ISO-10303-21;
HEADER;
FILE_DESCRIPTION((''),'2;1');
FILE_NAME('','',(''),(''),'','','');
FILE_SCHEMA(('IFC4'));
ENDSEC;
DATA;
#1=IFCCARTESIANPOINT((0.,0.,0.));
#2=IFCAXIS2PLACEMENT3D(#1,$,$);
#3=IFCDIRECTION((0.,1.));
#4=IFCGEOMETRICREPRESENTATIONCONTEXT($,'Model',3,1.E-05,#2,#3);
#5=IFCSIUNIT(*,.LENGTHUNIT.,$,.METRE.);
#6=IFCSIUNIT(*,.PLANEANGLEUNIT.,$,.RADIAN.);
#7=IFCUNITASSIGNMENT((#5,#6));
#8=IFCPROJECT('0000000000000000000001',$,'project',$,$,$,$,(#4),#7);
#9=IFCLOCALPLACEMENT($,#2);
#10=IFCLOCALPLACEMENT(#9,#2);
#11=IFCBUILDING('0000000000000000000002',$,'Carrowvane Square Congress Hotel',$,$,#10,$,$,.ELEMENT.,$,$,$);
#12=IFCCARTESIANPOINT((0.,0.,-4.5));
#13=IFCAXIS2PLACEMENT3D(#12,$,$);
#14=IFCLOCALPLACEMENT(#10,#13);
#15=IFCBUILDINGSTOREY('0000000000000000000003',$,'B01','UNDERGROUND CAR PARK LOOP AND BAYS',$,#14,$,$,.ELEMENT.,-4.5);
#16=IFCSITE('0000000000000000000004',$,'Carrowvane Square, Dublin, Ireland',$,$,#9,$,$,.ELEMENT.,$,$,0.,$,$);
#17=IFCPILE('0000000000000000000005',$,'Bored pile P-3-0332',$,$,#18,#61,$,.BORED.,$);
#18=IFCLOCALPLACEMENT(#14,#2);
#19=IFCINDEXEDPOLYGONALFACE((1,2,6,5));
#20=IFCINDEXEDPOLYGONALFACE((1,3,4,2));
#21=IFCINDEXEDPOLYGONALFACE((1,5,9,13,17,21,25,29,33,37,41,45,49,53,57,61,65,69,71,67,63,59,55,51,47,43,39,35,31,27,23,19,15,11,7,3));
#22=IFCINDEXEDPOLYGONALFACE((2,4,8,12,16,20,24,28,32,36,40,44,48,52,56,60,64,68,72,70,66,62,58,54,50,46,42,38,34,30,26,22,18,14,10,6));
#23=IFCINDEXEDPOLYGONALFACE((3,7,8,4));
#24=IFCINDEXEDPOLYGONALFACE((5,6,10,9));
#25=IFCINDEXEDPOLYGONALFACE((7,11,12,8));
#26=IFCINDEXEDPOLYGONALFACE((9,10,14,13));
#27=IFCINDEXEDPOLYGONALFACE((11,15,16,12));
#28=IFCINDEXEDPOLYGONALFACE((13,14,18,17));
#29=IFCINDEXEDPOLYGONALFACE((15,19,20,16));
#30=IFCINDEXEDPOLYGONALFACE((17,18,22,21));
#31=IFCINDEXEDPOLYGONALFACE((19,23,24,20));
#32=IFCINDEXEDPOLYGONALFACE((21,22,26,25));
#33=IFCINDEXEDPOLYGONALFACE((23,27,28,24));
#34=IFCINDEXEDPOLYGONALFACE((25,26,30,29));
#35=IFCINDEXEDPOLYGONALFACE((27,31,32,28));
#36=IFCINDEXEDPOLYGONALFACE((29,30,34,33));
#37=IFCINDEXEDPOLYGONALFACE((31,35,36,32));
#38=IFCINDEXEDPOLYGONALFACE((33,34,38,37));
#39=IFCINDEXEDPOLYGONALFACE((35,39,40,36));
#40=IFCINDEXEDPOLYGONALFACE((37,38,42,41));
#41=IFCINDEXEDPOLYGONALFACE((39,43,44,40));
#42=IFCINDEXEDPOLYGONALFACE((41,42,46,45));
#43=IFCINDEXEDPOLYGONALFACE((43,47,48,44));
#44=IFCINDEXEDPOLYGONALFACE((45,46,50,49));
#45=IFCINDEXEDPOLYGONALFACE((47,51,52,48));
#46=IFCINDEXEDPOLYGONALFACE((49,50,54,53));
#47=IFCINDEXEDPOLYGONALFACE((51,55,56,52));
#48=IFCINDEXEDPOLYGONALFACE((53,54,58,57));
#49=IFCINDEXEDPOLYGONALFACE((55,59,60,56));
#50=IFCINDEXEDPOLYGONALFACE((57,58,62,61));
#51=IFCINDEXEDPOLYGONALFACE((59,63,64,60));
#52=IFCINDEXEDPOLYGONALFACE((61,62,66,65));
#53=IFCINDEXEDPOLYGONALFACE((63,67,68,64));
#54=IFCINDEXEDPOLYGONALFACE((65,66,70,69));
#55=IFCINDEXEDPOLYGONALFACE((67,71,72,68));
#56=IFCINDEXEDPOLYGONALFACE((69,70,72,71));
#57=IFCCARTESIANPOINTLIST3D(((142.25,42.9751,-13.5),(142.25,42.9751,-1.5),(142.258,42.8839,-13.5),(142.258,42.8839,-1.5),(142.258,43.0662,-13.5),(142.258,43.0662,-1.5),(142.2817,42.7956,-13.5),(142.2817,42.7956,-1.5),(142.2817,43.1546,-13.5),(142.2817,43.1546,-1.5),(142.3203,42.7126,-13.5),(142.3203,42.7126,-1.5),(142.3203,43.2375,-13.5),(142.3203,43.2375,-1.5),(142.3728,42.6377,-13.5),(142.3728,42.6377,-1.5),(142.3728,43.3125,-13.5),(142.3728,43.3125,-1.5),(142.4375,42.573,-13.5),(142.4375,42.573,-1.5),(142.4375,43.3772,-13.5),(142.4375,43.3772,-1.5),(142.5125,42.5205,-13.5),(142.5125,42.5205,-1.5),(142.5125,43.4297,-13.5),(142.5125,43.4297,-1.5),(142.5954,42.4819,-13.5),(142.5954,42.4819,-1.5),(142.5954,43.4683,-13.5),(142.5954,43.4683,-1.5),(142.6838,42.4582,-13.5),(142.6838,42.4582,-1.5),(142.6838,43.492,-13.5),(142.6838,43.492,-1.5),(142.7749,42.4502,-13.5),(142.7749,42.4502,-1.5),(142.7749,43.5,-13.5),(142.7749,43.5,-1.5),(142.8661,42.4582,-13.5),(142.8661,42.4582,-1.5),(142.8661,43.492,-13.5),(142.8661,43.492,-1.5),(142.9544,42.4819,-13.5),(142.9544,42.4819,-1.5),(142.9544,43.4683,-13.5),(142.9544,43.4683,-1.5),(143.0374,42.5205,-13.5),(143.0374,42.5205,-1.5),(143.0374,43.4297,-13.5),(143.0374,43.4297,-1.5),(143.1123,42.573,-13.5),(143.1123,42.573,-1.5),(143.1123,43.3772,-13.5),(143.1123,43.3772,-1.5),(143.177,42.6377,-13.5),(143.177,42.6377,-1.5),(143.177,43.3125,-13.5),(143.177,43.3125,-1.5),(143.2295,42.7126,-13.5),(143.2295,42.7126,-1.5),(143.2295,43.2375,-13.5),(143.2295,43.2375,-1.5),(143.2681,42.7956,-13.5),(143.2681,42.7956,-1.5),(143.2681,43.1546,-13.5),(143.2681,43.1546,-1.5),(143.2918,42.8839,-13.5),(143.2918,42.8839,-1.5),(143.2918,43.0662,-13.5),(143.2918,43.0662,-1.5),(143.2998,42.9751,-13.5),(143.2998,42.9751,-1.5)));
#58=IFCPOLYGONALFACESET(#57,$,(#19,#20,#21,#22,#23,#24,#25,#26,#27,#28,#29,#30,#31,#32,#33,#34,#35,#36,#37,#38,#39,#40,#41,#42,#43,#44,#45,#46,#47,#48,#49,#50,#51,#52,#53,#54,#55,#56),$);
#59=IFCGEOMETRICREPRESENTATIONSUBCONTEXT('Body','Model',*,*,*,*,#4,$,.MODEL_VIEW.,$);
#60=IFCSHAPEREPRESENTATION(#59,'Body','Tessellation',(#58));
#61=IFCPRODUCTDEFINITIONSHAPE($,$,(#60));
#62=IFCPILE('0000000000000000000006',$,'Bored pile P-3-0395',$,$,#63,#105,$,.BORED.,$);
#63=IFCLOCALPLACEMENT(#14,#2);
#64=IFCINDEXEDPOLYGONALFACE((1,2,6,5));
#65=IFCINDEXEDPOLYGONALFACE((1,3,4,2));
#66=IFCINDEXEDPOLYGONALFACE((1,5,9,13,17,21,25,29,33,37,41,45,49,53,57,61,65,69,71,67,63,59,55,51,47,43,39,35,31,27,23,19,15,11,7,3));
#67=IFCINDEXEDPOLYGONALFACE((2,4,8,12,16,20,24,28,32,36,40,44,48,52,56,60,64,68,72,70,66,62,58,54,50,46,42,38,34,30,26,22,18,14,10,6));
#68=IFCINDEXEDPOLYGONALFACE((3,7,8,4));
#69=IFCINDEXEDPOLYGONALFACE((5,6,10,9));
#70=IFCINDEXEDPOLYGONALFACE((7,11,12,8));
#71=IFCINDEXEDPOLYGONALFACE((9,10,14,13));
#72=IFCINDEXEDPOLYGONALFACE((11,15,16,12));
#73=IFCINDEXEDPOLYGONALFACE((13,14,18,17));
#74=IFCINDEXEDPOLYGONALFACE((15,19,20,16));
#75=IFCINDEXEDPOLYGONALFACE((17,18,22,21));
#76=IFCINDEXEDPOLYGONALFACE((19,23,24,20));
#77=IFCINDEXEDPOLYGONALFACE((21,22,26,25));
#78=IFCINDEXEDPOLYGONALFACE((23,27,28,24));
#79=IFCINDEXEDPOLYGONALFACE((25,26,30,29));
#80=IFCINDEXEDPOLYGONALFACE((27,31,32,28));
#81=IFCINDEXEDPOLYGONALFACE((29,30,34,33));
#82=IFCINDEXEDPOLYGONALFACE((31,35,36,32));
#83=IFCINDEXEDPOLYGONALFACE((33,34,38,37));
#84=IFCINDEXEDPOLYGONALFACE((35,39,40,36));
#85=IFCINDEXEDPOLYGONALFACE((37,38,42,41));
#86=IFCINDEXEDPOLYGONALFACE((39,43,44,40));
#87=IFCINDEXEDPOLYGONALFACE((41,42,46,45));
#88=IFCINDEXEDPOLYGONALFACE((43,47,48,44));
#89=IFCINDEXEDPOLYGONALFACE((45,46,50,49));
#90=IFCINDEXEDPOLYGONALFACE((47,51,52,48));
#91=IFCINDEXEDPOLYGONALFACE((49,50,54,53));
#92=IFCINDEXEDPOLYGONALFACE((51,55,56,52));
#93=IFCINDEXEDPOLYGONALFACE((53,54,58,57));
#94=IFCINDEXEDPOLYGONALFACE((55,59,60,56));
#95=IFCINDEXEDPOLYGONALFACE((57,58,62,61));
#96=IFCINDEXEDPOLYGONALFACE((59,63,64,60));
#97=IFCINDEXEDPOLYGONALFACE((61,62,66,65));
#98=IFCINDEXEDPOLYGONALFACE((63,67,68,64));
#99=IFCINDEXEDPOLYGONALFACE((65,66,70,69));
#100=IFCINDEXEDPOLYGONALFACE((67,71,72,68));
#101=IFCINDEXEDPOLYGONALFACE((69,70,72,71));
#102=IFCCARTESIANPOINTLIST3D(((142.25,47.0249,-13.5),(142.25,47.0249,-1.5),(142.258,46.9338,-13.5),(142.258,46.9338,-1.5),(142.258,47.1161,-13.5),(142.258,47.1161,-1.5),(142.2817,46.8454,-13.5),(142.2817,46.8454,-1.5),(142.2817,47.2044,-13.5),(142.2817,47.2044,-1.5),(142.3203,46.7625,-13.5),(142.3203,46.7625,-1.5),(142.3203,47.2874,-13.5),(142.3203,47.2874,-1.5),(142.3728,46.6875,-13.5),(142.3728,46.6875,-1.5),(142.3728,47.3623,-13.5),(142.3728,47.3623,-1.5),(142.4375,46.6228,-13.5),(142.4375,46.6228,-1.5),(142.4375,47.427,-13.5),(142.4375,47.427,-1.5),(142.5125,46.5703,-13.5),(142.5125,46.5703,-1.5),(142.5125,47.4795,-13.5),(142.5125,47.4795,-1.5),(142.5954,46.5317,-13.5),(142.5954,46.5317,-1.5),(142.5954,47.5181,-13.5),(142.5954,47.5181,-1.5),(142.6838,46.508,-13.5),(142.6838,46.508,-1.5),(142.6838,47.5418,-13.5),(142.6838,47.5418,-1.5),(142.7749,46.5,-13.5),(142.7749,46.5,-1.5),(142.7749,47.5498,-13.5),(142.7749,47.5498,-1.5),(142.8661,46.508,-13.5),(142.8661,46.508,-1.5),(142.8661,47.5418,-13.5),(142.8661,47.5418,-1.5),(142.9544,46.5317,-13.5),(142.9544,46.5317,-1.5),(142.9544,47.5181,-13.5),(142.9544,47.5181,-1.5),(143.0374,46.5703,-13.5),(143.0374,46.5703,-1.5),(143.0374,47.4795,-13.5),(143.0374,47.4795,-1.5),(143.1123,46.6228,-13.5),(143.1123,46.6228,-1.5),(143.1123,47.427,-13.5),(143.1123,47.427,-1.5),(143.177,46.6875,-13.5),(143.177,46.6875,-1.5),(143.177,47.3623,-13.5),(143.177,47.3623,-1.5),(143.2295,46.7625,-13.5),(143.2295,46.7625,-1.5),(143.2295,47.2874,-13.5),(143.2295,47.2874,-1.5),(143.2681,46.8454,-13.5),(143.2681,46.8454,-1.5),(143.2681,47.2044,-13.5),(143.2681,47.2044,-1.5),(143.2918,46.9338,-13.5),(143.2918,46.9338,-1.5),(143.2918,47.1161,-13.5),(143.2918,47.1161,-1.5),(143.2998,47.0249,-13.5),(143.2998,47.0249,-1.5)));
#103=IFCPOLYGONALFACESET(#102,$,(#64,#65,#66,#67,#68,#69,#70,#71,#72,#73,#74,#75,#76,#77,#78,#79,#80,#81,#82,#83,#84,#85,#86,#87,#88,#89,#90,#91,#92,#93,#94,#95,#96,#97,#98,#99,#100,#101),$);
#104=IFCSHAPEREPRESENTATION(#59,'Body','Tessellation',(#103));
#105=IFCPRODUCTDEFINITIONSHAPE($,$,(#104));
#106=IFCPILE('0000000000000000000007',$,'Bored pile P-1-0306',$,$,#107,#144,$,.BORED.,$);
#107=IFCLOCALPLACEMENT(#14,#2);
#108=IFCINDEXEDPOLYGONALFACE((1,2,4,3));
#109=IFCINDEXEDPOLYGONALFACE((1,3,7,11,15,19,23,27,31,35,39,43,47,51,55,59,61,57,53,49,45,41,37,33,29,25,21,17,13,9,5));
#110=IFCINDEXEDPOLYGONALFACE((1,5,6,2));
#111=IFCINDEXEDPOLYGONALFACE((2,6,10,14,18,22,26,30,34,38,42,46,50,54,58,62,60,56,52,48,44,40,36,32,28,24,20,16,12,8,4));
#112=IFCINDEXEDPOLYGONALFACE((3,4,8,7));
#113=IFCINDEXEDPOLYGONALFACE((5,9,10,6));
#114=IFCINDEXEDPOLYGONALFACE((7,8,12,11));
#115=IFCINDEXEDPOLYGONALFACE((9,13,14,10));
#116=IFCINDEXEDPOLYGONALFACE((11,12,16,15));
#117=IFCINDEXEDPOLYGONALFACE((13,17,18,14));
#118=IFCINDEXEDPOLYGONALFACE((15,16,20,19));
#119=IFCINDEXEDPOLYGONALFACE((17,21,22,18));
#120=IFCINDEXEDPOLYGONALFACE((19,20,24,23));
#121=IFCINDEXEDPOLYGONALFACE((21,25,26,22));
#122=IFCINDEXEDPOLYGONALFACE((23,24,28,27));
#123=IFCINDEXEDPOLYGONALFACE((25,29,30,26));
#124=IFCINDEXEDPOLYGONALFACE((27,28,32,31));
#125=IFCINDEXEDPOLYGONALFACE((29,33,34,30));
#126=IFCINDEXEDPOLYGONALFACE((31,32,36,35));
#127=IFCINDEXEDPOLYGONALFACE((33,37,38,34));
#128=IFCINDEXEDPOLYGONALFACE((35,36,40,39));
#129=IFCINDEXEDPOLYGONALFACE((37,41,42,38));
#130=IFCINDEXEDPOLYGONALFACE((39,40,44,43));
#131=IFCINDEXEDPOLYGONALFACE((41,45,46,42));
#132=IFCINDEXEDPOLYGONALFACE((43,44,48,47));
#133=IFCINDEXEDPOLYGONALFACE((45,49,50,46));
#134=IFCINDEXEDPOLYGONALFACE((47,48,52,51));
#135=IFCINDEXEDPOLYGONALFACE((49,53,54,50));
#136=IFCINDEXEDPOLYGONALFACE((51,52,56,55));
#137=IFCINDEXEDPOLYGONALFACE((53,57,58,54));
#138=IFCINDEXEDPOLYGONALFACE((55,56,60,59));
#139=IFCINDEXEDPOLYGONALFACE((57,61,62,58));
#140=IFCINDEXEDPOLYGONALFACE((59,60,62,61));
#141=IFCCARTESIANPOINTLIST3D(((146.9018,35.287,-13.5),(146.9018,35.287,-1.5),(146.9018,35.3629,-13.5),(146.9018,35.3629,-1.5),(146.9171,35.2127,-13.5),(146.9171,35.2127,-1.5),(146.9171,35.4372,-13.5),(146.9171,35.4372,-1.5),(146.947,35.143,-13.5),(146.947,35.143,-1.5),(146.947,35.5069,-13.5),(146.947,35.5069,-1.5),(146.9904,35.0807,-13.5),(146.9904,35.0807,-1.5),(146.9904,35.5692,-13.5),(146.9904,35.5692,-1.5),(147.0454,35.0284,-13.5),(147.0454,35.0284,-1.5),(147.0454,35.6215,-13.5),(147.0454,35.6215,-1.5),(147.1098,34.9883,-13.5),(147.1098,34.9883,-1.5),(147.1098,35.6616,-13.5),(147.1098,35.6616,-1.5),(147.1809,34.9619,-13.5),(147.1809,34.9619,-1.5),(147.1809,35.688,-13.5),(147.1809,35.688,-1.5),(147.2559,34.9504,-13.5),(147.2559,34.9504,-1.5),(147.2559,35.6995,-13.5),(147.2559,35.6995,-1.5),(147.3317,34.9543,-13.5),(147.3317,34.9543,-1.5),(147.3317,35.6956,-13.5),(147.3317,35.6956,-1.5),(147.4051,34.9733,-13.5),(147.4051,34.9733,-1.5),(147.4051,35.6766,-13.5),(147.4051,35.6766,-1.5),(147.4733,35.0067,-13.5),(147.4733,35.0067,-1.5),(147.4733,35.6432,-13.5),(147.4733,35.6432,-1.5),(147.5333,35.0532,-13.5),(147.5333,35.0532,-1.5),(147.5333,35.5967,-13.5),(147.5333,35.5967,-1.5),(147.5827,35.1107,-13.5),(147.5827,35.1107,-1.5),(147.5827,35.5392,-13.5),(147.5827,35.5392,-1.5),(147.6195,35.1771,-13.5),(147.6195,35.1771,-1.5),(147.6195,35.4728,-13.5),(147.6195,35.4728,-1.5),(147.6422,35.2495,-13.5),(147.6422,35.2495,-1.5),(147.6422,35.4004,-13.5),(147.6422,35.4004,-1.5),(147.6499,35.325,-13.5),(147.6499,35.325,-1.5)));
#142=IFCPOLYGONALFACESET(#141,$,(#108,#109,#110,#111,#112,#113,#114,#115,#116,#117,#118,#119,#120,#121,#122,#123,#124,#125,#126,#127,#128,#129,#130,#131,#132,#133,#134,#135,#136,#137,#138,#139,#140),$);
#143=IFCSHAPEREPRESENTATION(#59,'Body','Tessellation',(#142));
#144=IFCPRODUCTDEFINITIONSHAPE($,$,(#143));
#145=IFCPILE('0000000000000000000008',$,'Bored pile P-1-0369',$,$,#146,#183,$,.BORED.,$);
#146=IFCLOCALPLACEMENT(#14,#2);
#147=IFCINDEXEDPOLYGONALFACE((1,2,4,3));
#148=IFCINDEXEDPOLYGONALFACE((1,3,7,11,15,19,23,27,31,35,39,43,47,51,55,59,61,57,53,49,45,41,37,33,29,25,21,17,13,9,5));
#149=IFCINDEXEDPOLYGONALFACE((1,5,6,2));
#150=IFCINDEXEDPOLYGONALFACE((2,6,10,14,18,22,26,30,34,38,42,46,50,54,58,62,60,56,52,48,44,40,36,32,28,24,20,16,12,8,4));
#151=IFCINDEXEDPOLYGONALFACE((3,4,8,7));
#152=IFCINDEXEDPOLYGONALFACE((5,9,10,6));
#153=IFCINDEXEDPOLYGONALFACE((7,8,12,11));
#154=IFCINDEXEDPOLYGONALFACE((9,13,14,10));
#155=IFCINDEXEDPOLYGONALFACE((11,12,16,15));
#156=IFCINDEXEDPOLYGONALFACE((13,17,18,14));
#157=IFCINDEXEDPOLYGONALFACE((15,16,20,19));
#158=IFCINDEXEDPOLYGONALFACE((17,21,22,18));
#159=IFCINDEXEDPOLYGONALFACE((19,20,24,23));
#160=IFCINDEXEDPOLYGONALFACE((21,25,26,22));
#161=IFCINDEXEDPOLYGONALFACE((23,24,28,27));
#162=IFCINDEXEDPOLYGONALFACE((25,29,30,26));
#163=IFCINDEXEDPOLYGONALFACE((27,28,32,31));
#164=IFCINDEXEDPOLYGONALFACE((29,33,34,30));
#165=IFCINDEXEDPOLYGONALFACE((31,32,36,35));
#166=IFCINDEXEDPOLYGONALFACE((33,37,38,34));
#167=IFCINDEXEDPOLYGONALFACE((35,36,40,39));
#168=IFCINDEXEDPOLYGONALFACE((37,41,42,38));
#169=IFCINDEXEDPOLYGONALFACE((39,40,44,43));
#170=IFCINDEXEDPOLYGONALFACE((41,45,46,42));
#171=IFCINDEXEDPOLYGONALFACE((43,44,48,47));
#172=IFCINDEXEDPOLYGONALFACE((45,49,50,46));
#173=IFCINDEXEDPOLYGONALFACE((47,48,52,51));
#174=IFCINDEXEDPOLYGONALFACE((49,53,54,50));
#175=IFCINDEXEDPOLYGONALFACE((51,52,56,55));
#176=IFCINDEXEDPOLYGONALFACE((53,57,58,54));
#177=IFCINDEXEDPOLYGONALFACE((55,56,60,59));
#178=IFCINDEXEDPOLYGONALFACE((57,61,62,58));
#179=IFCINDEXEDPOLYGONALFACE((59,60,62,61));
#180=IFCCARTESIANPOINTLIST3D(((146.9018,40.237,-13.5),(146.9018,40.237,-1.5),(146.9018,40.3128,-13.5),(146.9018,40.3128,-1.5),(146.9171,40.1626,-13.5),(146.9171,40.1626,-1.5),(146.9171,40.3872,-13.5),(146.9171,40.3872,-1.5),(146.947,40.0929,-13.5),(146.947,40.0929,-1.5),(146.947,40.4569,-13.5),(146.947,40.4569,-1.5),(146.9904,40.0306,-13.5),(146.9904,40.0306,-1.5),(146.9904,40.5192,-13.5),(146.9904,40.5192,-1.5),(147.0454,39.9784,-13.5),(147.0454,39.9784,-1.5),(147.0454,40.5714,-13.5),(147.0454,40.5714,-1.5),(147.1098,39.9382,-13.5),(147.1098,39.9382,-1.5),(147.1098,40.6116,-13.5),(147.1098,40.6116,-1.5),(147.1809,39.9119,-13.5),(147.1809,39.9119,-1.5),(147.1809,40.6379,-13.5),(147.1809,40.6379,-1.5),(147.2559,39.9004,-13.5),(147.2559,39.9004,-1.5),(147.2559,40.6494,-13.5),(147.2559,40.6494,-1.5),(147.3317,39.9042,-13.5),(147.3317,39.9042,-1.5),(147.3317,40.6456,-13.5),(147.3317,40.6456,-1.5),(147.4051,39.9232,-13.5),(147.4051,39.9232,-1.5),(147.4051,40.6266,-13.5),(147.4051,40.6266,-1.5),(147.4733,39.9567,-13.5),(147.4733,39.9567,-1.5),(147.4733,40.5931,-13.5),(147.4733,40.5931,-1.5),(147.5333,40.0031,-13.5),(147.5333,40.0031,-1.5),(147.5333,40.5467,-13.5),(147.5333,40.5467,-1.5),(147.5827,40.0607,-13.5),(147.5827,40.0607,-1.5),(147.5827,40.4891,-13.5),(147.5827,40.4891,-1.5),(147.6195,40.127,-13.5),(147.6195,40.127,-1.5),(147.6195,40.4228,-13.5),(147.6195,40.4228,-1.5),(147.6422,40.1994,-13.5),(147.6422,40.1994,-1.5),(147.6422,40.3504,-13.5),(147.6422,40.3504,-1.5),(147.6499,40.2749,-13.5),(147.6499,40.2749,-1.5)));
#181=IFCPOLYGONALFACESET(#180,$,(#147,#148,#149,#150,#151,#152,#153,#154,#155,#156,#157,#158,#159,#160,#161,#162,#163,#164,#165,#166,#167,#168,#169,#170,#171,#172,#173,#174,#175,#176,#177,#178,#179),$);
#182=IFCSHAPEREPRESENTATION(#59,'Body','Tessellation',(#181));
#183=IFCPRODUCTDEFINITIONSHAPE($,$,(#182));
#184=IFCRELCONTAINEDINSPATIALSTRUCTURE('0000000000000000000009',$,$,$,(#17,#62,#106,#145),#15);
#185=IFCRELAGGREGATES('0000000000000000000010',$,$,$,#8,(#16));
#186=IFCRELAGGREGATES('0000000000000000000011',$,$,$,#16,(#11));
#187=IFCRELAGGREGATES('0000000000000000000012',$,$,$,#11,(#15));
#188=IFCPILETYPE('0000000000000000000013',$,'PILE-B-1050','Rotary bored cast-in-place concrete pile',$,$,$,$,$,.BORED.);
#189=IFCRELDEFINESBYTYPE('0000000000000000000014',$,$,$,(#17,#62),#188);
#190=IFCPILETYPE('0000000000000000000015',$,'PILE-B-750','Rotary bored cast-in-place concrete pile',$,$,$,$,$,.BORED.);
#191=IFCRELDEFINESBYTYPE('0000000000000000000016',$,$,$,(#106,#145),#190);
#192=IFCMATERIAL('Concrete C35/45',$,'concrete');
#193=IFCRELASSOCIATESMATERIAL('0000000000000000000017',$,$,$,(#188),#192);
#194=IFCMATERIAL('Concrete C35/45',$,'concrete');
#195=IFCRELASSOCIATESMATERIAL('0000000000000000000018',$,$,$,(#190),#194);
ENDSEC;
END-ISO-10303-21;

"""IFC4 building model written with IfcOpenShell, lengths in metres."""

from ifc_helpers import new_model, si_unit, direction, frame, origin, origin_2d, place, context, subcontext, project, spatial, circle, extrude, material, material_profile, profile_set, type_object, element, save


model = new_model("IFC4")

# Units and contexts
model_context = context("Model", 3, precision=1e-05, world=origin(), true_north=direction((0.0, 1.0)))
body_context = subcontext(model_context, "Body", "Model", "MODEL_VIEW")
ifc_project = project(units=[si_unit("LENGTHUNIT", "METRE"), si_unit("PLANEANGLEUNIT", "RADIAN")], contexts=[model_context])

# Site, building, storey
site_placement = place(None, origin())
site = spatial("IfcSite", under=ifc_project, at=site_placement, Name="Carrowvane Square, Dublin, Ireland", CompositionType="ELEMENT", RefElevation=0.0)
building_placement = place(site_placement, origin())
building = spatial("IfcBuilding", under=site, at=building_placement, Name="Carrowvane Square Congress Hotel", CompositionType="ELEMENT")
storey_placement = place(building_placement, frame((0.0, 0.0, -4.5)))
storey = spatial("IfcBuildingStorey", under=building, at=storey_placement, Name="B01", Description="UNDERGROUND CAR PARK LOOP AND BAYS", CompositionType="ELEMENT", Elevation=-4.5)

# Piles
ifc_material_1 = material(Name="Concrete C35/45", Category="concrete")
ifc_material_profile_1 = material_profile(ifc_material_1, circle(Radius=0.5249, at=origin_2d()), Name="PILE D1050")
ifc_profile_set_1 = profile_set([ifc_material_profile_1], Name="Concrete C35/45")
pile_type_1 = type_object("IfcPileType", Name="PILE-B-1050", Description="Rotary bored cast-in-place concrete pile", PredefinedType="BORED", material=ifc_profile_set_1)
for number, where, z_axis, x_axis, name in (
    (1, (142.7749, 42.9751, -1.5), (0.0, 0.0, -1.0), (1.0, 0.0, 0.0), "Bored pile P-3-0332"),
    (2, (142.7749, 47.0249, -1.5), (0.0, 0.0, -1.0), (1.0, 0.0, 0.0), "Bored pile P-3-0395"),
):
    element("IfcPile", number, at=place(storey_placement, frame(where, z_axis=z_axis, x_axis=x_axis)), inside=storey, type_object=pile_type_1, Name=name, PredefinedType="BORED", context=body_context, shape_type="SweptSolid", body=[
        extrude(circle(Radius=0.5249, at=origin_2d()), origin(), (0.0, 0.0, 1.0), 12.0),
    ])
ifc_material_2 = material(Name="Concrete C35/45", Category="concrete")
ifc_material_profile_2 = material_profile(ifc_material_2, circle(Radius=0.375, at=origin_2d()), Name="PILE D750")
ifc_profile_set_2 = profile_set([ifc_material_profile_2], Name="Concrete C35/45")
pile_type_2 = type_object("IfcPileType", Name="PILE-B-750", Description="Rotary bored cast-in-place concrete pile", PredefinedType="BORED", material=ifc_profile_set_2)
for number, where, z_axis, x_axis, name in (
    (3, (147.2749, 35.325, -1.5), (0.0, 0.0, -1.0), (1.0, 0.0, 0.0), "Bored pile P-1-0306"),
    (4, (147.2749, 40.2749, -1.5), (0.0, 0.0, -1.0), (1.0, 0.0, 0.0), "Bored pile P-1-0369"),
):
    element("IfcPile", number, at=place(storey_placement, frame(where, z_axis=z_axis, x_axis=x_axis)), inside=storey, type_object=pile_type_2, Name=name, PredefinedType="BORED", context=body_context, shape_type="SweptSolid", body=[
        extrude(circle(Radius=0.375, at=origin_2d()), origin(), (0.0, 0.0, 1.0), 12.0),
    ])

save(model, "model.ifc")
